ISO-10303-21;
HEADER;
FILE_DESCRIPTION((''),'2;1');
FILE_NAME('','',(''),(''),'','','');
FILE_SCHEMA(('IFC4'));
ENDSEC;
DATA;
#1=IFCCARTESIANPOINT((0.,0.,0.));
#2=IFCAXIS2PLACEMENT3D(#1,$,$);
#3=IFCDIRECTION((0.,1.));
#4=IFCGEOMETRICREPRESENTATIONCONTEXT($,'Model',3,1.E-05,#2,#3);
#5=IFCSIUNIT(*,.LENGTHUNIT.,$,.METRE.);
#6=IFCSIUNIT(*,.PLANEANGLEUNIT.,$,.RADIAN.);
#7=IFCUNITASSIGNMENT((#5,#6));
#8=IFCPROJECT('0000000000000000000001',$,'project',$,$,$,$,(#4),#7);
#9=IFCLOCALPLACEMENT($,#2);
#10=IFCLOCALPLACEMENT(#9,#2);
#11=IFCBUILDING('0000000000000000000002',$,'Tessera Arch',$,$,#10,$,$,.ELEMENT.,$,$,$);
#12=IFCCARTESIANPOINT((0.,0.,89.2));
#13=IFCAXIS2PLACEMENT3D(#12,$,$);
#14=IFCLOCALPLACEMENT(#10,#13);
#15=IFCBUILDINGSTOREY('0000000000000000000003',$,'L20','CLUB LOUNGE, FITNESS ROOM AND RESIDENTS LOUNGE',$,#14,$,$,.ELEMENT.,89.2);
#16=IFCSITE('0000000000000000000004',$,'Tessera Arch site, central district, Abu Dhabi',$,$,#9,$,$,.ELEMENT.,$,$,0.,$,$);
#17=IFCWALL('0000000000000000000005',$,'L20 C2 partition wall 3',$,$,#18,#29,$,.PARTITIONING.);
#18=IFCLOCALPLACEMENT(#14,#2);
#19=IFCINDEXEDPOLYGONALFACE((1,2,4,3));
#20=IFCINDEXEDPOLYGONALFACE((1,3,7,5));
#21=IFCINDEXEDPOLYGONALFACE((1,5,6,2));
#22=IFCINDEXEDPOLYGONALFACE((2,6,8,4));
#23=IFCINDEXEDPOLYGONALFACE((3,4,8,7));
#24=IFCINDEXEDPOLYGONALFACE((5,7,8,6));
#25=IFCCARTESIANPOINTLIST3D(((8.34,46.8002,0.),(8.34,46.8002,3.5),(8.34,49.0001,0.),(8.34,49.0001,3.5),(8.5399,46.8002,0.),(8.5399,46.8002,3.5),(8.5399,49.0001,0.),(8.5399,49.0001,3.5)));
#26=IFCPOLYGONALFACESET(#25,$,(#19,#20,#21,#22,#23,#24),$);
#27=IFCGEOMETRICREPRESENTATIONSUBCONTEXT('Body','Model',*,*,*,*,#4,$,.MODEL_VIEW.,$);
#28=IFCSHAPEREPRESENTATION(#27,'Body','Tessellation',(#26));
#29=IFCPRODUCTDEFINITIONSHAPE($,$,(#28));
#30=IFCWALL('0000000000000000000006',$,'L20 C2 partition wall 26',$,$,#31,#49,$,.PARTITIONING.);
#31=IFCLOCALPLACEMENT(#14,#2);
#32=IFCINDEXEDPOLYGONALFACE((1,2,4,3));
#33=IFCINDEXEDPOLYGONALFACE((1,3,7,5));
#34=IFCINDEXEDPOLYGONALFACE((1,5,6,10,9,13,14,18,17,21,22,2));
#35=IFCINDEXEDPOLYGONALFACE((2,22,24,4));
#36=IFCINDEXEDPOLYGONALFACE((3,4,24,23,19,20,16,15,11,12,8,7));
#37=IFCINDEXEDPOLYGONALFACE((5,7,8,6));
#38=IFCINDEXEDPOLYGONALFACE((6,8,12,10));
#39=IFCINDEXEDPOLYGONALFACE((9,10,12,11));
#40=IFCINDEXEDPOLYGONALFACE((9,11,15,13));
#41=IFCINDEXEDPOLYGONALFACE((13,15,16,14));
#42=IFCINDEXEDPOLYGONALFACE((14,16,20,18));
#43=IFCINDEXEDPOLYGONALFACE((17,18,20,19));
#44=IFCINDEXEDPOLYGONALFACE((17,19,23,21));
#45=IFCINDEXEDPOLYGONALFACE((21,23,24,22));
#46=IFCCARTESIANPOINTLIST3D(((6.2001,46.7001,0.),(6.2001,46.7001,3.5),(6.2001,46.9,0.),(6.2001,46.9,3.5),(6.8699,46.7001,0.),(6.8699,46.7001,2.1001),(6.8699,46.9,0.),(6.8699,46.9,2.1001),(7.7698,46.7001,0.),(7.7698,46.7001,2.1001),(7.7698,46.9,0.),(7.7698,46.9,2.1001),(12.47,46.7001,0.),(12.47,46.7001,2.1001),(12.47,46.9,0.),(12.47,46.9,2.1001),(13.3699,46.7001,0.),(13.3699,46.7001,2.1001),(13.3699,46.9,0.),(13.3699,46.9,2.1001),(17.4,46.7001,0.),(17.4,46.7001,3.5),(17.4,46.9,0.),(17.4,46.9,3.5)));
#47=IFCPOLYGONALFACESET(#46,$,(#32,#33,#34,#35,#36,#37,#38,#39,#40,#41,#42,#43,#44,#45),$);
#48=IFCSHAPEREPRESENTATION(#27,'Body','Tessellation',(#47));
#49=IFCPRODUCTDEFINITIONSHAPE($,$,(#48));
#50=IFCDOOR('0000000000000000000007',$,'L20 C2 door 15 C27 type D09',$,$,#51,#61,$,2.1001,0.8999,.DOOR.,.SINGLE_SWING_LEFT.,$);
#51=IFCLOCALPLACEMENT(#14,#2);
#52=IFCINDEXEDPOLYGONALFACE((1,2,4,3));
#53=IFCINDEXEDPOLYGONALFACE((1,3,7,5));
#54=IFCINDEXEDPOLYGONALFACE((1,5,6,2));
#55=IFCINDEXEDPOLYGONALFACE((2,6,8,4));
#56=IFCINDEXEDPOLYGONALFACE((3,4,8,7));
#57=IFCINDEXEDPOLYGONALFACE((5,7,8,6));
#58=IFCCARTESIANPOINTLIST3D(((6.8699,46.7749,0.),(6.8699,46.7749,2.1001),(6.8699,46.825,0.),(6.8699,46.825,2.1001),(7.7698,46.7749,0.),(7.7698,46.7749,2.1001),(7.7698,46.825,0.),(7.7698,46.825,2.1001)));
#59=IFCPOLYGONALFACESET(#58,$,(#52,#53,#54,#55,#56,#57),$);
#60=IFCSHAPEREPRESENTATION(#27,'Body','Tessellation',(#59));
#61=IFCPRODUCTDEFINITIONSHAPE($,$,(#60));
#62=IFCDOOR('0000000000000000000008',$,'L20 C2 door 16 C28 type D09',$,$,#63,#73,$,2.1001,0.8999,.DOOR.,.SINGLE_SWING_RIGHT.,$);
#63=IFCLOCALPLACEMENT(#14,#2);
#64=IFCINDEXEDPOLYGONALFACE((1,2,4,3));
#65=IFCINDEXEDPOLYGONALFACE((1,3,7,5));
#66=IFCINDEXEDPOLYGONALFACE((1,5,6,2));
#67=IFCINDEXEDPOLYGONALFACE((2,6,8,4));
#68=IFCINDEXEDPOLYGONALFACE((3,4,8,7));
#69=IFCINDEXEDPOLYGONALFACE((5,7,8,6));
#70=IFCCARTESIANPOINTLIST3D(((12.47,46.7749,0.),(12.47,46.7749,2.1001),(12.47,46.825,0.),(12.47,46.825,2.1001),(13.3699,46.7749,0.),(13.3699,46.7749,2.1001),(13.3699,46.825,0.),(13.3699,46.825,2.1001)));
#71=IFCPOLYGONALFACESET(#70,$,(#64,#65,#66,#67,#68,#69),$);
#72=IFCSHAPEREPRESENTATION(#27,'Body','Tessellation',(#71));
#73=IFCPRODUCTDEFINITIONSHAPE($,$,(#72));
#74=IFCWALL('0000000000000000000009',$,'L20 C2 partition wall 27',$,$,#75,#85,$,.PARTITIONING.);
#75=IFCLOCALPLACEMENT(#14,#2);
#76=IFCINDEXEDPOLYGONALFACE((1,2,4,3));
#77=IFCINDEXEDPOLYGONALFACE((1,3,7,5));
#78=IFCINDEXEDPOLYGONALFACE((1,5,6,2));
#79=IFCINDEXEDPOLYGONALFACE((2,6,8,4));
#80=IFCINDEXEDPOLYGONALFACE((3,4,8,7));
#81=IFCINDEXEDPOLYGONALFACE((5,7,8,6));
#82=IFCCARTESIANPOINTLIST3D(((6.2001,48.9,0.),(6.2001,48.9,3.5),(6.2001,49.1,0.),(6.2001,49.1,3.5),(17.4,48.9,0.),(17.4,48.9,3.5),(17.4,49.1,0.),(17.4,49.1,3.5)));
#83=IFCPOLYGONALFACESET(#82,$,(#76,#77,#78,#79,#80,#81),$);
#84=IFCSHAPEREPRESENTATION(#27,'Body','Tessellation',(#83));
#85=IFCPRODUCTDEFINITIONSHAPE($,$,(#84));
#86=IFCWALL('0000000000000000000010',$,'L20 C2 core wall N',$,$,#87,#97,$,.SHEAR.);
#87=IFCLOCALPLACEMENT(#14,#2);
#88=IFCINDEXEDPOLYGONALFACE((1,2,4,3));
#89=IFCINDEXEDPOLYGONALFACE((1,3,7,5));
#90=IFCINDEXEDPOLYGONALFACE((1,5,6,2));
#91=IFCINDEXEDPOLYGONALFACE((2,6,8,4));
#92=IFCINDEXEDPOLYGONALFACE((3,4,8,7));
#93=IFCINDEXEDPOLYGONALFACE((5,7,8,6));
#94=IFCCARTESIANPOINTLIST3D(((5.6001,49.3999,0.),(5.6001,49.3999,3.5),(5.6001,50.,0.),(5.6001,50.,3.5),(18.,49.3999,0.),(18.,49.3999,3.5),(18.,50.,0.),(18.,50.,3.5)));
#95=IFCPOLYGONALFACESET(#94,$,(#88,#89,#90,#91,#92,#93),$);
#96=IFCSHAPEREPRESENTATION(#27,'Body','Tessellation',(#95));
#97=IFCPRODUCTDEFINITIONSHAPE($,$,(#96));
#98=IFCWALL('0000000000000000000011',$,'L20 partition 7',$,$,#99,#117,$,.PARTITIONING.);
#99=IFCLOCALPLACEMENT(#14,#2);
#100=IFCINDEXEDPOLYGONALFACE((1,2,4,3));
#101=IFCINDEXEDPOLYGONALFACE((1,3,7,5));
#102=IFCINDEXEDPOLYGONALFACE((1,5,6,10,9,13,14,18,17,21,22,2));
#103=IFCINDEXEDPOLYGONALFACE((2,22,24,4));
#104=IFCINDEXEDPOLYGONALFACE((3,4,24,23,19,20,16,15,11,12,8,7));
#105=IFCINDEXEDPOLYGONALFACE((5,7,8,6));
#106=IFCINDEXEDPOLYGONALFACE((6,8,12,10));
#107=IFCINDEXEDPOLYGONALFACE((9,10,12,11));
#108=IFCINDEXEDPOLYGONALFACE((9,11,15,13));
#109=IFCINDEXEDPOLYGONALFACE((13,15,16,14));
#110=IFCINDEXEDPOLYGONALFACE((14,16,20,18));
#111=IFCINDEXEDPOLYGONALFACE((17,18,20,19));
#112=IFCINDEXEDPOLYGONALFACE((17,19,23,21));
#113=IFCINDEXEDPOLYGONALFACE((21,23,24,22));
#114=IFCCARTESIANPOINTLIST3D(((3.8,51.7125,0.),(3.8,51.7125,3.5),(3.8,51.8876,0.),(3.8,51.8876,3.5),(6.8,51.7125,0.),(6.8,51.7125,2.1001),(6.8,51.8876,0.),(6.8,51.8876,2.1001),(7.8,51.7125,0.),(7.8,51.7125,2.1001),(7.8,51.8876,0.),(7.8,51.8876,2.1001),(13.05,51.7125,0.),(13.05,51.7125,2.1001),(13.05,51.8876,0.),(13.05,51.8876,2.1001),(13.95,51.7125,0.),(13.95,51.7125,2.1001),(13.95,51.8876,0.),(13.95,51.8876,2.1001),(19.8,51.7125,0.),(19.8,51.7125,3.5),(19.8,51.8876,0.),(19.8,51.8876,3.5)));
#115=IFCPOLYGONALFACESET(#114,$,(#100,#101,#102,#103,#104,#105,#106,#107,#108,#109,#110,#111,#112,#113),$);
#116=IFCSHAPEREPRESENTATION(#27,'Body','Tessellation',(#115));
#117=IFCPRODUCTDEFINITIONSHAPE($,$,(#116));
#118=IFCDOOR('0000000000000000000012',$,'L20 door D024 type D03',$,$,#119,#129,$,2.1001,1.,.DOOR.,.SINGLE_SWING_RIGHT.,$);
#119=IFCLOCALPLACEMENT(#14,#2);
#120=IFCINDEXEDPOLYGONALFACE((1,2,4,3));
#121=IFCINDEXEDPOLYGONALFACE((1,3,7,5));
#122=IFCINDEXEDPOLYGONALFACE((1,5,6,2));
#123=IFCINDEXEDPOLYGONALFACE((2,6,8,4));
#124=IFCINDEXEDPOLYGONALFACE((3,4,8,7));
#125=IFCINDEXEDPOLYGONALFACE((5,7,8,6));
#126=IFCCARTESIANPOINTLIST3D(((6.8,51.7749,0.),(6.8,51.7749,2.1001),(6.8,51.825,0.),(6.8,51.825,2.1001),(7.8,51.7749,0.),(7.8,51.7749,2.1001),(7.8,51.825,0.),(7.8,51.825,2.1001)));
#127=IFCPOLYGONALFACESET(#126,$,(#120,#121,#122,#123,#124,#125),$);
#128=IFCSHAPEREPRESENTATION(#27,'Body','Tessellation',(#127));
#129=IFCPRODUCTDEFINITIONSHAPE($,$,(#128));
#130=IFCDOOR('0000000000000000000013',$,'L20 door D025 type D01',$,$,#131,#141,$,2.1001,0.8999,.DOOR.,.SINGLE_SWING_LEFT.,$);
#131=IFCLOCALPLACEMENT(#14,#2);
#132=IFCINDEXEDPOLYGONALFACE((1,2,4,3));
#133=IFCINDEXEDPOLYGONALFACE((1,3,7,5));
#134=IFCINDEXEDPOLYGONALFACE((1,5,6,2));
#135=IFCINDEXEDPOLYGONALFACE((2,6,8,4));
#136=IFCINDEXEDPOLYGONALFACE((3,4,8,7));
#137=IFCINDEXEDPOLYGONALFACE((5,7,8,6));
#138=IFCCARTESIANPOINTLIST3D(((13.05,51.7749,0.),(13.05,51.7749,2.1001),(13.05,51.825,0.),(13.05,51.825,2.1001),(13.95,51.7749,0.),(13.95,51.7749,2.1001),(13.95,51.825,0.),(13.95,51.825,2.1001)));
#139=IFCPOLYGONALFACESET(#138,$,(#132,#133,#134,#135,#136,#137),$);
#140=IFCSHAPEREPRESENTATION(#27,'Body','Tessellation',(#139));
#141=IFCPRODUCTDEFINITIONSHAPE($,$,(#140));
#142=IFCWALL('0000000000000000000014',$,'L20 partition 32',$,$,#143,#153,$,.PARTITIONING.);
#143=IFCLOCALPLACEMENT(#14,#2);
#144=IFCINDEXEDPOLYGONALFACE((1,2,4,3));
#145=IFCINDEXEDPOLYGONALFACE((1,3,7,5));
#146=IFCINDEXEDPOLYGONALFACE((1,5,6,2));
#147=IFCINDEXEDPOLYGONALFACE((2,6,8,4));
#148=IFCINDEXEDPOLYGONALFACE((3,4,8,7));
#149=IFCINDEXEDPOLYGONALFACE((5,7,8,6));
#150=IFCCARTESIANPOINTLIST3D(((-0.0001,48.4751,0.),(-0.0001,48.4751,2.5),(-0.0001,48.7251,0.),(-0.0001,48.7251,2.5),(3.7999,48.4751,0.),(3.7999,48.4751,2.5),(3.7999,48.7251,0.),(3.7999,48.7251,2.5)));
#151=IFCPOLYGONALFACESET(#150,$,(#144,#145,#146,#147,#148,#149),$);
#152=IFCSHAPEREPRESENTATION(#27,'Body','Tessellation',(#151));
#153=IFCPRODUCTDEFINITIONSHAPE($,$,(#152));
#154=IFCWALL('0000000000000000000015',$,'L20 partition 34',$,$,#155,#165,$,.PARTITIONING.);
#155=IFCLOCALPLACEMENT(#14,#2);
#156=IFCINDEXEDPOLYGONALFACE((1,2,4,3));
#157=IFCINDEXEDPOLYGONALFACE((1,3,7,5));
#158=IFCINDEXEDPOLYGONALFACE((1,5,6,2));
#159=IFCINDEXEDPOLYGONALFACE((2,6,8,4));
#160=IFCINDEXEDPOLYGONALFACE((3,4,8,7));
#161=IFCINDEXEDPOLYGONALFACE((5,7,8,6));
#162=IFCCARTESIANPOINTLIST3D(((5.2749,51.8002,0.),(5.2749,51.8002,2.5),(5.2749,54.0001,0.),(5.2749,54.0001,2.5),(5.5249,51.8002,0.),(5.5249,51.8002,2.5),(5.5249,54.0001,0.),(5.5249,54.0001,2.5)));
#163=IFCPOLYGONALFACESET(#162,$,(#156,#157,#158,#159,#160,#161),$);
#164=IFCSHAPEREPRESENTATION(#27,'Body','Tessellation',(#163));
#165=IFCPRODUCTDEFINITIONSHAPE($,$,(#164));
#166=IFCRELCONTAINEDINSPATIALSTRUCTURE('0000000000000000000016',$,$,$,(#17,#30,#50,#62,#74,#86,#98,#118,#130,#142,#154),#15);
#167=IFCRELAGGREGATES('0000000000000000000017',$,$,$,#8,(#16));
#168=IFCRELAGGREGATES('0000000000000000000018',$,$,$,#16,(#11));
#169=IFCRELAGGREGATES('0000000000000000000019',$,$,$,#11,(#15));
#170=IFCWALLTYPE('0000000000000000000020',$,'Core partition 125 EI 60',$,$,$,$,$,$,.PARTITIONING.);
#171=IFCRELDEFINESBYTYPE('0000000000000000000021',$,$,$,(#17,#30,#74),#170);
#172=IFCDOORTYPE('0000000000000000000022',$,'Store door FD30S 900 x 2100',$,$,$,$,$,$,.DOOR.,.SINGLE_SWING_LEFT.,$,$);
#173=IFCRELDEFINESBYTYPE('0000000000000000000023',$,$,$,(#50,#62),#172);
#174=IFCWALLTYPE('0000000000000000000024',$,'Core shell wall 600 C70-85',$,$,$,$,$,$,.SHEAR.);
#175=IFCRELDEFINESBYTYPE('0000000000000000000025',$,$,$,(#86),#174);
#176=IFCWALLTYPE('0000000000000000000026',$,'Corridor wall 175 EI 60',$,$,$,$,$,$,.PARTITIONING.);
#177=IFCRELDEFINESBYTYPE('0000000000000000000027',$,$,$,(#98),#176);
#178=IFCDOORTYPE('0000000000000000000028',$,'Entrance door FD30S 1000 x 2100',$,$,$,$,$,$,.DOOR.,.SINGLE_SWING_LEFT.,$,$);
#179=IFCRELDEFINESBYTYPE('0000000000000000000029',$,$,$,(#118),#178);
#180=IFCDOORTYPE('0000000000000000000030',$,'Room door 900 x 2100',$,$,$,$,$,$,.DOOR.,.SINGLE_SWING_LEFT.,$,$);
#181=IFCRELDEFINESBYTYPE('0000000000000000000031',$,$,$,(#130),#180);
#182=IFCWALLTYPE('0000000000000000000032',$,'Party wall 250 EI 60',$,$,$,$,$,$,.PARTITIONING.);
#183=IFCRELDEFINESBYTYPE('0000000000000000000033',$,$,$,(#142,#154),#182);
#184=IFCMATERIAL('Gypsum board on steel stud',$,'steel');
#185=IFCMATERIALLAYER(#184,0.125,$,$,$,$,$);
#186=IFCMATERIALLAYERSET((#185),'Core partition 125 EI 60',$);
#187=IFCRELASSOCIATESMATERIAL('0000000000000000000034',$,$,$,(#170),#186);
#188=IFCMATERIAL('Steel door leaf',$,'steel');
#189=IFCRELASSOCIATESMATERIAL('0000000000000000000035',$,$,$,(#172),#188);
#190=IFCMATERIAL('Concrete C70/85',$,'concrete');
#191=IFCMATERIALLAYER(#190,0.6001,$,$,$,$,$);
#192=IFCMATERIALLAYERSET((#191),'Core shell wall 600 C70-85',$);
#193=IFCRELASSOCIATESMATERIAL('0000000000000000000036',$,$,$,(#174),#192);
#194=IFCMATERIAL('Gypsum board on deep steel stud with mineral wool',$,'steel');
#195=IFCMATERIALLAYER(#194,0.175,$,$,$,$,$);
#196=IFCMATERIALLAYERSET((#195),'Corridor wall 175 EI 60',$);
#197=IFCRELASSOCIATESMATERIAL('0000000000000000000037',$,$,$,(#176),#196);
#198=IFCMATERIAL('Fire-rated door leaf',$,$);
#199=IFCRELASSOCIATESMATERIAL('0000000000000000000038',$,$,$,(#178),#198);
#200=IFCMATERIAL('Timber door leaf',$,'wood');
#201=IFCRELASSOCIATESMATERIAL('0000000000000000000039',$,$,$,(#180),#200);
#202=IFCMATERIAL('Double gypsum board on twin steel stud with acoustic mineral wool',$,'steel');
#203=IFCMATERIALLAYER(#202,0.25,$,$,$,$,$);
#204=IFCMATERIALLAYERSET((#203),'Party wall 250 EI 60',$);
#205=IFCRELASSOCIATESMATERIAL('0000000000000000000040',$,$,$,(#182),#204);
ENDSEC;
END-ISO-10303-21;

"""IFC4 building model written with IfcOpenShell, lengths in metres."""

from ifc_helpers import new_model, si_unit, direction, frame, frame_2d, origin, place, context, subcontext, project, spatial, rectangle, extrude, material, layer, layer_set, type_object, element, fill, save


model = new_model("IFC4")

# Units and contexts
model_context = context("Model", 3, precision=1e-05, world=origin(), true_north=direction((0.0, 1.0)))
body_context = subcontext(model_context, "Body", "Model", "MODEL_VIEW")
ifc_project = project(units=[si_unit("LENGTHUNIT", "METRE"), si_unit("PLANEANGLEUNIT", "RADIAN")], contexts=[model_context])

# Site, building, storey
site_placement = place(None, origin())
site = spatial("IfcSite", under=ifc_project, at=site_placement, Name="Tessera Arch site, central district, Abu Dhabi", CompositionType="ELEMENT", RefElevation=0.0)
building_placement = place(site_placement, origin())
building = spatial("IfcBuilding", under=site, at=building_placement, Name="Tessera Arch", CompositionType="ELEMENT")
storey_placement = place(building_placement, frame((0.0, 0.0, 89.2)))
storey = spatial("IfcBuildingStorey", under=building, at=storey_placement, Name="L20", Description="CLUB LOUNGE, FITNESS ROOM AND RESIDENTS LOUNGE", CompositionType="ELEMENT", Elevation=89.2)

# Wall
ifc_material_1 = material(Name="Gypsum board on steel stud", Category="steel")
ifc_layer_1 = layer(ifc_material_1, 0.125)
ifc_layer_set_1 = layer_set([ifc_layer_1], Name="Core partition 125 EI 60")
wall_type_1 = type_object("IfcWallType", Name="Core partition 125 EI 60", PredefinedType="PARTITIONING", material=ifc_layer_set_1)
wall_1_placement = place(storey_placement, frame((8.4399, 46.8, 0.0), z_axis=(0.0, 0.0, 1.0), x_axis=(0.0, 1.0, 0.0)))
element("IfcWall", 1, at=wall_1_placement, inside=storey, type_object=wall_type_1, Name="L20 C2 partition wall 3", PredefinedType="PARTITIONING", context=body_context, shape_type="SweptSolid", body=[
    extrude(rectangle(XDim=2.2, YDim=0.2, at=frame_2d((1.1001, 0.0))), origin(), (0.0, 0.0, 1.0), 3.5),
])

# Wall, openings, doors
wall_2_placement = place(storey_placement, frame((6.2, 46.8, 0.0), z_axis=(0.0, 0.0, 1.0), x_axis=(1.0, 0.0, 0.0)))
wall_2 = element("IfcWall", 2, at=wall_2_placement, inside=storey, type_object=wall_type_1, Name="L20 C2 partition wall 26", PredefinedType="PARTITIONING", context=body_context, shape_type="SweptSolid", body=[
    extrude(rectangle(XDim=11.2, YDim=0.2, at=frame_2d((5.6001, 0.0))), origin(), (0.0, 0.0, 1.0), 3.5),
])
opening_1_placement = place(wall_2_placement, frame((0.6699, 0.0, 0.0)))
opening_1 = element("IfcOpeningElement", 3, at=opening_1_placement, cuts=wall_2, PredefinedType="OPENING", context=body_context, shape_type="SweptSolid", body=[
    extrude(rectangle(XDim=0.8999, YDim=2.1001, at=frame_2d((0.45, 1.05))), frame((0.0, 0.1099, 0.0), z_axis=(0.0, -1.0, 0.0), x_axis=(1.0, 0.0, 0.0)), (0.0, 0.0, 1.0), 0.22),
])
opening_2_placement = place(wall_2_placement, frame((6.27, 0.0, 0.0)))
opening_2 = element("IfcOpeningElement", 4, at=opening_2_placement, cuts=wall_2, PredefinedType="OPENING", context=body_context, shape_type="SweptSolid", body=[
    extrude(rectangle(XDim=0.8999, YDim=2.1001, at=frame_2d((0.45, 1.05))), frame((0.0, 0.1099, 0.0), z_axis=(0.0, -1.0, 0.0), x_axis=(1.0, 0.0, 0.0)), (0.0, 0.0, 1.0), 0.22),
])
ifc_material_2 = material(Name="Steel door leaf", Category="steel")
door_type_1 = type_object("IfcDoorType", Name="Store door FD30S 900 x 2100", OperationType="SINGLE_SWING_LEFT", PredefinedType="DOOR", material=ifc_material_2)
door_1_placement = place(opening_1_placement, origin())
door_1 = element("IfcDoor", 5, at=door_1_placement, inside=storey, type_object=door_type_1, Name="L20 C2 door 15 C27 type D09", OperationType="SINGLE_SWING_LEFT", OverallHeight=2.1001, OverallWidth=0.8999, PredefinedType="DOOR", context=body_context, shape_type="SweptSolid", body=[
    extrude(rectangle(XDim=0.8999, YDim=2.1001, at=frame_2d((0.45, 1.05))), frame((0.0, 0.0249, 0.0), z_axis=(0.0, -1.0, 0.0), x_axis=(1.0, 0.0, 0.0)), (0.0, 0.0, 1.0), 0.05),
])
fill(opening_1, door_1)
door_2_placement = place(opening_2_placement, origin())
door_2 = element("IfcDoor", 6, at=door_2_placement, inside=storey, type_object=door_type_1, Name="L20 C2 door 16 C28 type D09", OperationType="SINGLE_SWING_RIGHT", OverallHeight=2.1001, OverallWidth=0.8999, PredefinedType="DOOR", context=body_context, shape_type="SweptSolid", body=[
    extrude(rectangle(XDim=0.8999, YDim=2.1001, at=frame_2d((0.45, 1.05))), frame((0.0, 0.0249, 0.0), z_axis=(0.0, -1.0, 0.0), x_axis=(1.0, 0.0, 0.0)), (0.0, 0.0, 1.0), 0.05),
])
fill(opening_2, door_2)

# Walls
wall_3_placement = place(storey_placement, frame((6.2, 49.0, 0.0), z_axis=(0.0, 0.0, 1.0), x_axis=(1.0, 0.0, 0.0)))
element("IfcWall", 7, at=wall_3_placement, inside=storey, type_object=wall_type_1, Name="L20 C2 partition wall 27", PredefinedType="PARTITIONING", context=body_context, shape_type="SweptSolid", body=[
    extrude(rectangle(XDim=11.2, YDim=0.2, at=frame_2d((5.6001, 0.0))), origin(), (0.0, 0.0, 1.0), 3.5),
])
ifc_material_3 = material(Name="Concrete C70/85", Category="concrete")
ifc_layer_2 = layer(ifc_material_3, 0.6001)
ifc_layer_set_2 = layer_set([ifc_layer_2], Name="Core shell wall 600 C70-85")
wall_type_2 = type_object("IfcWallType", Name="Core shell wall 600 C70-85", PredefinedType="SHEAR", material=ifc_layer_set_2)
wall_4_placement = place(storey_placement, frame((5.6001, 49.7, 0.0), z_axis=(0.0, 0.0, 1.0), x_axis=(1.0, 0.0, 0.0)))
element("IfcWall", 8, at=wall_4_placement, inside=storey, type_object=wall_type_2, Name="L20 C2 core wall N", PredefinedType="SHEAR", context=body_context, shape_type="SweptSolid", body=[
    extrude(rectangle(XDim=12.3999, YDim=0.6001, at=frame_2d((6.2, 0.0))), origin(), (0.0, 0.0, 1.0), 3.5),
])

# Wall, openings, doors
ifc_material_4 = material(Name="Gypsum board on deep steel stud with mineral wool", Category="steel")
ifc_layer_3 = layer(ifc_material_4, 0.175)
ifc_layer_set_3 = layer_set([ifc_layer_3], Name="Corridor wall 175 EI 60")
wall_type_3 = type_object("IfcWallType", Name="Corridor wall 175 EI 60", PredefinedType="PARTITIONING", material=ifc_layer_set_3)
wall_5_placement = place(storey_placement, frame((3.8, 51.8, 0.0), z_axis=(0.0, 0.0, 1.0), x_axis=(1.0, 0.0, 0.0)))
wall_5 = element("IfcWall", 9, at=wall_5_placement, inside=storey, type_object=wall_type_3, Name="L20 partition 7", PredefinedType="PARTITIONING", context=body_context, shape_type="SweptSolid", body=[
    extrude(rectangle(XDim=16.0, YDim=0.175, at=frame_2d((8.0, 0.0))), origin(), (0.0, 0.0, 1.0), 3.5),
])
opening_3_placement = place(wall_5_placement, frame((3.0, 0.0, 0.0)))
opening_3 = element("IfcOpeningElement", 10, at=opening_3_placement, cuts=wall_5, PredefinedType="OPENING", context=body_context, shape_type="SweptSolid", body=[
    extrude(rectangle(XDim=1.0, YDim=2.1001, at=frame_2d((0.5, 1.05))), frame((0.0, 0.0974, 0.0), z_axis=(0.0, -1.0, 0.0), x_axis=(1.0, 0.0, 0.0)), (0.0, 0.0, 1.0), 0.1951),
])
opening_4_placement = place(wall_5_placement, frame((9.25, 0.0, 0.0)))
opening_4 = element("IfcOpeningElement", 11, at=opening_4_placement, cuts=wall_5, PredefinedType="OPENING", context=body_context, shape_type="SweptSolid", body=[
    extrude(rectangle(XDim=0.8999, YDim=2.1001, at=frame_2d((0.45, 1.05))), frame((0.0, 0.0974, 0.0), z_axis=(0.0, -1.0, 0.0), x_axis=(1.0, 0.0, 0.0)), (0.0, 0.0, 1.0), 0.1951),
])
ifc_material_5 = material(Name="Fire-rated door leaf")
door_type_2 = type_object("IfcDoorType", Name="Entrance door FD30S 1000 x 2100", OperationType="SINGLE_SWING_LEFT", PredefinedType="DOOR", material=ifc_material_5)
door_3_placement = place(opening_3_placement, origin())
door_3 = element("IfcDoor", 12, at=door_3_placement, inside=storey, type_object=door_type_2, Name="L20 door D024 type D03", OperationType="SINGLE_SWING_RIGHT", OverallHeight=2.1001, OverallWidth=1.0, PredefinedType="DOOR", context=body_context, shape_type="SweptSolid", body=[
    extrude(rectangle(XDim=1.0, YDim=2.1001, at=frame_2d((0.5, 1.05))), frame((0.0, 0.0249, 0.0), z_axis=(0.0, -1.0, 0.0), x_axis=(1.0, 0.0, 0.0)), (0.0, 0.0, 1.0), 0.05),
])
fill(opening_3, door_3)
ifc_material_6 = material(Name="Timber door leaf", Category="wood")
door_type_3 = type_object("IfcDoorType", Name="Room door 900 x 2100", OperationType="SINGLE_SWING_LEFT", PredefinedType="DOOR", material=ifc_material_6)
door_4_placement = place(opening_4_placement, origin())
door_4 = element("IfcDoor", 13, at=door_4_placement, inside=storey, type_object=door_type_3, Name="L20 door D025 type D01", OperationType="SINGLE_SWING_LEFT", OverallHeight=2.1001, OverallWidth=0.8999, PredefinedType="DOOR", context=body_context, shape_type="SweptSolid", body=[
    extrude(rectangle(XDim=0.8999, YDim=2.1001, at=frame_2d((0.45, 1.05))), frame((0.0, 0.0249, 0.0), z_axis=(0.0, -1.0, 0.0), x_axis=(1.0, 0.0, 0.0)), (0.0, 0.0, 1.0), 0.05),
])
fill(opening_4, door_4)

# Walls
ifc_material_7 = material(Name="Double gypsum board on twin steel stud with acoustic mineral wool", Category="steel")
ifc_layer_4 = layer(ifc_material_7, 0.25)
ifc_layer_set_4 = layer_set([ifc_layer_4], Name="Party wall 250 EI 60")
wall_type_4 = type_object("IfcWallType", Name="Party wall 250 EI 60", PredefinedType="PARTITIONING", material=ifc_layer_set_4)
wall_6_placement = place(storey_placement, frame((0.0, 48.6001, 0.0), z_axis=(0.0, 0.0, 1.0), x_axis=(1.0, 0.0, 0.0)))
element("IfcWall", 14, at=wall_6_placement, inside=storey, type_object=wall_type_4, Name="L20 partition 32", PredefinedType="PARTITIONING", context=body_context, shape_type="SweptSolid", body=[
    extrude(rectangle(XDim=3.8, YDim=0.25, at=frame_2d((1.8999, 0.0))), origin(), (0.0, 0.0, 1.0), 2.5),
])
wall_7_placement = place(storey_placement, frame((5.3999, 51.8, 0.0), z_axis=(0.0, 0.0, 1.0), x_axis=(0.0, 1.0, 0.0)))
element("IfcWall", 15, at=wall_7_placement, inside=storey, type_object=wall_type_4, Name="L20 partition 34", PredefinedType="PARTITIONING", context=body_context, shape_type="SweptSolid", body=[
    extrude(rectangle(XDim=2.2, YDim=0.25, at=frame_2d((1.1001, 0.0))), origin(), (0.0, 0.0, 1.0), 2.5),
])

save(model, "model.ifc")
